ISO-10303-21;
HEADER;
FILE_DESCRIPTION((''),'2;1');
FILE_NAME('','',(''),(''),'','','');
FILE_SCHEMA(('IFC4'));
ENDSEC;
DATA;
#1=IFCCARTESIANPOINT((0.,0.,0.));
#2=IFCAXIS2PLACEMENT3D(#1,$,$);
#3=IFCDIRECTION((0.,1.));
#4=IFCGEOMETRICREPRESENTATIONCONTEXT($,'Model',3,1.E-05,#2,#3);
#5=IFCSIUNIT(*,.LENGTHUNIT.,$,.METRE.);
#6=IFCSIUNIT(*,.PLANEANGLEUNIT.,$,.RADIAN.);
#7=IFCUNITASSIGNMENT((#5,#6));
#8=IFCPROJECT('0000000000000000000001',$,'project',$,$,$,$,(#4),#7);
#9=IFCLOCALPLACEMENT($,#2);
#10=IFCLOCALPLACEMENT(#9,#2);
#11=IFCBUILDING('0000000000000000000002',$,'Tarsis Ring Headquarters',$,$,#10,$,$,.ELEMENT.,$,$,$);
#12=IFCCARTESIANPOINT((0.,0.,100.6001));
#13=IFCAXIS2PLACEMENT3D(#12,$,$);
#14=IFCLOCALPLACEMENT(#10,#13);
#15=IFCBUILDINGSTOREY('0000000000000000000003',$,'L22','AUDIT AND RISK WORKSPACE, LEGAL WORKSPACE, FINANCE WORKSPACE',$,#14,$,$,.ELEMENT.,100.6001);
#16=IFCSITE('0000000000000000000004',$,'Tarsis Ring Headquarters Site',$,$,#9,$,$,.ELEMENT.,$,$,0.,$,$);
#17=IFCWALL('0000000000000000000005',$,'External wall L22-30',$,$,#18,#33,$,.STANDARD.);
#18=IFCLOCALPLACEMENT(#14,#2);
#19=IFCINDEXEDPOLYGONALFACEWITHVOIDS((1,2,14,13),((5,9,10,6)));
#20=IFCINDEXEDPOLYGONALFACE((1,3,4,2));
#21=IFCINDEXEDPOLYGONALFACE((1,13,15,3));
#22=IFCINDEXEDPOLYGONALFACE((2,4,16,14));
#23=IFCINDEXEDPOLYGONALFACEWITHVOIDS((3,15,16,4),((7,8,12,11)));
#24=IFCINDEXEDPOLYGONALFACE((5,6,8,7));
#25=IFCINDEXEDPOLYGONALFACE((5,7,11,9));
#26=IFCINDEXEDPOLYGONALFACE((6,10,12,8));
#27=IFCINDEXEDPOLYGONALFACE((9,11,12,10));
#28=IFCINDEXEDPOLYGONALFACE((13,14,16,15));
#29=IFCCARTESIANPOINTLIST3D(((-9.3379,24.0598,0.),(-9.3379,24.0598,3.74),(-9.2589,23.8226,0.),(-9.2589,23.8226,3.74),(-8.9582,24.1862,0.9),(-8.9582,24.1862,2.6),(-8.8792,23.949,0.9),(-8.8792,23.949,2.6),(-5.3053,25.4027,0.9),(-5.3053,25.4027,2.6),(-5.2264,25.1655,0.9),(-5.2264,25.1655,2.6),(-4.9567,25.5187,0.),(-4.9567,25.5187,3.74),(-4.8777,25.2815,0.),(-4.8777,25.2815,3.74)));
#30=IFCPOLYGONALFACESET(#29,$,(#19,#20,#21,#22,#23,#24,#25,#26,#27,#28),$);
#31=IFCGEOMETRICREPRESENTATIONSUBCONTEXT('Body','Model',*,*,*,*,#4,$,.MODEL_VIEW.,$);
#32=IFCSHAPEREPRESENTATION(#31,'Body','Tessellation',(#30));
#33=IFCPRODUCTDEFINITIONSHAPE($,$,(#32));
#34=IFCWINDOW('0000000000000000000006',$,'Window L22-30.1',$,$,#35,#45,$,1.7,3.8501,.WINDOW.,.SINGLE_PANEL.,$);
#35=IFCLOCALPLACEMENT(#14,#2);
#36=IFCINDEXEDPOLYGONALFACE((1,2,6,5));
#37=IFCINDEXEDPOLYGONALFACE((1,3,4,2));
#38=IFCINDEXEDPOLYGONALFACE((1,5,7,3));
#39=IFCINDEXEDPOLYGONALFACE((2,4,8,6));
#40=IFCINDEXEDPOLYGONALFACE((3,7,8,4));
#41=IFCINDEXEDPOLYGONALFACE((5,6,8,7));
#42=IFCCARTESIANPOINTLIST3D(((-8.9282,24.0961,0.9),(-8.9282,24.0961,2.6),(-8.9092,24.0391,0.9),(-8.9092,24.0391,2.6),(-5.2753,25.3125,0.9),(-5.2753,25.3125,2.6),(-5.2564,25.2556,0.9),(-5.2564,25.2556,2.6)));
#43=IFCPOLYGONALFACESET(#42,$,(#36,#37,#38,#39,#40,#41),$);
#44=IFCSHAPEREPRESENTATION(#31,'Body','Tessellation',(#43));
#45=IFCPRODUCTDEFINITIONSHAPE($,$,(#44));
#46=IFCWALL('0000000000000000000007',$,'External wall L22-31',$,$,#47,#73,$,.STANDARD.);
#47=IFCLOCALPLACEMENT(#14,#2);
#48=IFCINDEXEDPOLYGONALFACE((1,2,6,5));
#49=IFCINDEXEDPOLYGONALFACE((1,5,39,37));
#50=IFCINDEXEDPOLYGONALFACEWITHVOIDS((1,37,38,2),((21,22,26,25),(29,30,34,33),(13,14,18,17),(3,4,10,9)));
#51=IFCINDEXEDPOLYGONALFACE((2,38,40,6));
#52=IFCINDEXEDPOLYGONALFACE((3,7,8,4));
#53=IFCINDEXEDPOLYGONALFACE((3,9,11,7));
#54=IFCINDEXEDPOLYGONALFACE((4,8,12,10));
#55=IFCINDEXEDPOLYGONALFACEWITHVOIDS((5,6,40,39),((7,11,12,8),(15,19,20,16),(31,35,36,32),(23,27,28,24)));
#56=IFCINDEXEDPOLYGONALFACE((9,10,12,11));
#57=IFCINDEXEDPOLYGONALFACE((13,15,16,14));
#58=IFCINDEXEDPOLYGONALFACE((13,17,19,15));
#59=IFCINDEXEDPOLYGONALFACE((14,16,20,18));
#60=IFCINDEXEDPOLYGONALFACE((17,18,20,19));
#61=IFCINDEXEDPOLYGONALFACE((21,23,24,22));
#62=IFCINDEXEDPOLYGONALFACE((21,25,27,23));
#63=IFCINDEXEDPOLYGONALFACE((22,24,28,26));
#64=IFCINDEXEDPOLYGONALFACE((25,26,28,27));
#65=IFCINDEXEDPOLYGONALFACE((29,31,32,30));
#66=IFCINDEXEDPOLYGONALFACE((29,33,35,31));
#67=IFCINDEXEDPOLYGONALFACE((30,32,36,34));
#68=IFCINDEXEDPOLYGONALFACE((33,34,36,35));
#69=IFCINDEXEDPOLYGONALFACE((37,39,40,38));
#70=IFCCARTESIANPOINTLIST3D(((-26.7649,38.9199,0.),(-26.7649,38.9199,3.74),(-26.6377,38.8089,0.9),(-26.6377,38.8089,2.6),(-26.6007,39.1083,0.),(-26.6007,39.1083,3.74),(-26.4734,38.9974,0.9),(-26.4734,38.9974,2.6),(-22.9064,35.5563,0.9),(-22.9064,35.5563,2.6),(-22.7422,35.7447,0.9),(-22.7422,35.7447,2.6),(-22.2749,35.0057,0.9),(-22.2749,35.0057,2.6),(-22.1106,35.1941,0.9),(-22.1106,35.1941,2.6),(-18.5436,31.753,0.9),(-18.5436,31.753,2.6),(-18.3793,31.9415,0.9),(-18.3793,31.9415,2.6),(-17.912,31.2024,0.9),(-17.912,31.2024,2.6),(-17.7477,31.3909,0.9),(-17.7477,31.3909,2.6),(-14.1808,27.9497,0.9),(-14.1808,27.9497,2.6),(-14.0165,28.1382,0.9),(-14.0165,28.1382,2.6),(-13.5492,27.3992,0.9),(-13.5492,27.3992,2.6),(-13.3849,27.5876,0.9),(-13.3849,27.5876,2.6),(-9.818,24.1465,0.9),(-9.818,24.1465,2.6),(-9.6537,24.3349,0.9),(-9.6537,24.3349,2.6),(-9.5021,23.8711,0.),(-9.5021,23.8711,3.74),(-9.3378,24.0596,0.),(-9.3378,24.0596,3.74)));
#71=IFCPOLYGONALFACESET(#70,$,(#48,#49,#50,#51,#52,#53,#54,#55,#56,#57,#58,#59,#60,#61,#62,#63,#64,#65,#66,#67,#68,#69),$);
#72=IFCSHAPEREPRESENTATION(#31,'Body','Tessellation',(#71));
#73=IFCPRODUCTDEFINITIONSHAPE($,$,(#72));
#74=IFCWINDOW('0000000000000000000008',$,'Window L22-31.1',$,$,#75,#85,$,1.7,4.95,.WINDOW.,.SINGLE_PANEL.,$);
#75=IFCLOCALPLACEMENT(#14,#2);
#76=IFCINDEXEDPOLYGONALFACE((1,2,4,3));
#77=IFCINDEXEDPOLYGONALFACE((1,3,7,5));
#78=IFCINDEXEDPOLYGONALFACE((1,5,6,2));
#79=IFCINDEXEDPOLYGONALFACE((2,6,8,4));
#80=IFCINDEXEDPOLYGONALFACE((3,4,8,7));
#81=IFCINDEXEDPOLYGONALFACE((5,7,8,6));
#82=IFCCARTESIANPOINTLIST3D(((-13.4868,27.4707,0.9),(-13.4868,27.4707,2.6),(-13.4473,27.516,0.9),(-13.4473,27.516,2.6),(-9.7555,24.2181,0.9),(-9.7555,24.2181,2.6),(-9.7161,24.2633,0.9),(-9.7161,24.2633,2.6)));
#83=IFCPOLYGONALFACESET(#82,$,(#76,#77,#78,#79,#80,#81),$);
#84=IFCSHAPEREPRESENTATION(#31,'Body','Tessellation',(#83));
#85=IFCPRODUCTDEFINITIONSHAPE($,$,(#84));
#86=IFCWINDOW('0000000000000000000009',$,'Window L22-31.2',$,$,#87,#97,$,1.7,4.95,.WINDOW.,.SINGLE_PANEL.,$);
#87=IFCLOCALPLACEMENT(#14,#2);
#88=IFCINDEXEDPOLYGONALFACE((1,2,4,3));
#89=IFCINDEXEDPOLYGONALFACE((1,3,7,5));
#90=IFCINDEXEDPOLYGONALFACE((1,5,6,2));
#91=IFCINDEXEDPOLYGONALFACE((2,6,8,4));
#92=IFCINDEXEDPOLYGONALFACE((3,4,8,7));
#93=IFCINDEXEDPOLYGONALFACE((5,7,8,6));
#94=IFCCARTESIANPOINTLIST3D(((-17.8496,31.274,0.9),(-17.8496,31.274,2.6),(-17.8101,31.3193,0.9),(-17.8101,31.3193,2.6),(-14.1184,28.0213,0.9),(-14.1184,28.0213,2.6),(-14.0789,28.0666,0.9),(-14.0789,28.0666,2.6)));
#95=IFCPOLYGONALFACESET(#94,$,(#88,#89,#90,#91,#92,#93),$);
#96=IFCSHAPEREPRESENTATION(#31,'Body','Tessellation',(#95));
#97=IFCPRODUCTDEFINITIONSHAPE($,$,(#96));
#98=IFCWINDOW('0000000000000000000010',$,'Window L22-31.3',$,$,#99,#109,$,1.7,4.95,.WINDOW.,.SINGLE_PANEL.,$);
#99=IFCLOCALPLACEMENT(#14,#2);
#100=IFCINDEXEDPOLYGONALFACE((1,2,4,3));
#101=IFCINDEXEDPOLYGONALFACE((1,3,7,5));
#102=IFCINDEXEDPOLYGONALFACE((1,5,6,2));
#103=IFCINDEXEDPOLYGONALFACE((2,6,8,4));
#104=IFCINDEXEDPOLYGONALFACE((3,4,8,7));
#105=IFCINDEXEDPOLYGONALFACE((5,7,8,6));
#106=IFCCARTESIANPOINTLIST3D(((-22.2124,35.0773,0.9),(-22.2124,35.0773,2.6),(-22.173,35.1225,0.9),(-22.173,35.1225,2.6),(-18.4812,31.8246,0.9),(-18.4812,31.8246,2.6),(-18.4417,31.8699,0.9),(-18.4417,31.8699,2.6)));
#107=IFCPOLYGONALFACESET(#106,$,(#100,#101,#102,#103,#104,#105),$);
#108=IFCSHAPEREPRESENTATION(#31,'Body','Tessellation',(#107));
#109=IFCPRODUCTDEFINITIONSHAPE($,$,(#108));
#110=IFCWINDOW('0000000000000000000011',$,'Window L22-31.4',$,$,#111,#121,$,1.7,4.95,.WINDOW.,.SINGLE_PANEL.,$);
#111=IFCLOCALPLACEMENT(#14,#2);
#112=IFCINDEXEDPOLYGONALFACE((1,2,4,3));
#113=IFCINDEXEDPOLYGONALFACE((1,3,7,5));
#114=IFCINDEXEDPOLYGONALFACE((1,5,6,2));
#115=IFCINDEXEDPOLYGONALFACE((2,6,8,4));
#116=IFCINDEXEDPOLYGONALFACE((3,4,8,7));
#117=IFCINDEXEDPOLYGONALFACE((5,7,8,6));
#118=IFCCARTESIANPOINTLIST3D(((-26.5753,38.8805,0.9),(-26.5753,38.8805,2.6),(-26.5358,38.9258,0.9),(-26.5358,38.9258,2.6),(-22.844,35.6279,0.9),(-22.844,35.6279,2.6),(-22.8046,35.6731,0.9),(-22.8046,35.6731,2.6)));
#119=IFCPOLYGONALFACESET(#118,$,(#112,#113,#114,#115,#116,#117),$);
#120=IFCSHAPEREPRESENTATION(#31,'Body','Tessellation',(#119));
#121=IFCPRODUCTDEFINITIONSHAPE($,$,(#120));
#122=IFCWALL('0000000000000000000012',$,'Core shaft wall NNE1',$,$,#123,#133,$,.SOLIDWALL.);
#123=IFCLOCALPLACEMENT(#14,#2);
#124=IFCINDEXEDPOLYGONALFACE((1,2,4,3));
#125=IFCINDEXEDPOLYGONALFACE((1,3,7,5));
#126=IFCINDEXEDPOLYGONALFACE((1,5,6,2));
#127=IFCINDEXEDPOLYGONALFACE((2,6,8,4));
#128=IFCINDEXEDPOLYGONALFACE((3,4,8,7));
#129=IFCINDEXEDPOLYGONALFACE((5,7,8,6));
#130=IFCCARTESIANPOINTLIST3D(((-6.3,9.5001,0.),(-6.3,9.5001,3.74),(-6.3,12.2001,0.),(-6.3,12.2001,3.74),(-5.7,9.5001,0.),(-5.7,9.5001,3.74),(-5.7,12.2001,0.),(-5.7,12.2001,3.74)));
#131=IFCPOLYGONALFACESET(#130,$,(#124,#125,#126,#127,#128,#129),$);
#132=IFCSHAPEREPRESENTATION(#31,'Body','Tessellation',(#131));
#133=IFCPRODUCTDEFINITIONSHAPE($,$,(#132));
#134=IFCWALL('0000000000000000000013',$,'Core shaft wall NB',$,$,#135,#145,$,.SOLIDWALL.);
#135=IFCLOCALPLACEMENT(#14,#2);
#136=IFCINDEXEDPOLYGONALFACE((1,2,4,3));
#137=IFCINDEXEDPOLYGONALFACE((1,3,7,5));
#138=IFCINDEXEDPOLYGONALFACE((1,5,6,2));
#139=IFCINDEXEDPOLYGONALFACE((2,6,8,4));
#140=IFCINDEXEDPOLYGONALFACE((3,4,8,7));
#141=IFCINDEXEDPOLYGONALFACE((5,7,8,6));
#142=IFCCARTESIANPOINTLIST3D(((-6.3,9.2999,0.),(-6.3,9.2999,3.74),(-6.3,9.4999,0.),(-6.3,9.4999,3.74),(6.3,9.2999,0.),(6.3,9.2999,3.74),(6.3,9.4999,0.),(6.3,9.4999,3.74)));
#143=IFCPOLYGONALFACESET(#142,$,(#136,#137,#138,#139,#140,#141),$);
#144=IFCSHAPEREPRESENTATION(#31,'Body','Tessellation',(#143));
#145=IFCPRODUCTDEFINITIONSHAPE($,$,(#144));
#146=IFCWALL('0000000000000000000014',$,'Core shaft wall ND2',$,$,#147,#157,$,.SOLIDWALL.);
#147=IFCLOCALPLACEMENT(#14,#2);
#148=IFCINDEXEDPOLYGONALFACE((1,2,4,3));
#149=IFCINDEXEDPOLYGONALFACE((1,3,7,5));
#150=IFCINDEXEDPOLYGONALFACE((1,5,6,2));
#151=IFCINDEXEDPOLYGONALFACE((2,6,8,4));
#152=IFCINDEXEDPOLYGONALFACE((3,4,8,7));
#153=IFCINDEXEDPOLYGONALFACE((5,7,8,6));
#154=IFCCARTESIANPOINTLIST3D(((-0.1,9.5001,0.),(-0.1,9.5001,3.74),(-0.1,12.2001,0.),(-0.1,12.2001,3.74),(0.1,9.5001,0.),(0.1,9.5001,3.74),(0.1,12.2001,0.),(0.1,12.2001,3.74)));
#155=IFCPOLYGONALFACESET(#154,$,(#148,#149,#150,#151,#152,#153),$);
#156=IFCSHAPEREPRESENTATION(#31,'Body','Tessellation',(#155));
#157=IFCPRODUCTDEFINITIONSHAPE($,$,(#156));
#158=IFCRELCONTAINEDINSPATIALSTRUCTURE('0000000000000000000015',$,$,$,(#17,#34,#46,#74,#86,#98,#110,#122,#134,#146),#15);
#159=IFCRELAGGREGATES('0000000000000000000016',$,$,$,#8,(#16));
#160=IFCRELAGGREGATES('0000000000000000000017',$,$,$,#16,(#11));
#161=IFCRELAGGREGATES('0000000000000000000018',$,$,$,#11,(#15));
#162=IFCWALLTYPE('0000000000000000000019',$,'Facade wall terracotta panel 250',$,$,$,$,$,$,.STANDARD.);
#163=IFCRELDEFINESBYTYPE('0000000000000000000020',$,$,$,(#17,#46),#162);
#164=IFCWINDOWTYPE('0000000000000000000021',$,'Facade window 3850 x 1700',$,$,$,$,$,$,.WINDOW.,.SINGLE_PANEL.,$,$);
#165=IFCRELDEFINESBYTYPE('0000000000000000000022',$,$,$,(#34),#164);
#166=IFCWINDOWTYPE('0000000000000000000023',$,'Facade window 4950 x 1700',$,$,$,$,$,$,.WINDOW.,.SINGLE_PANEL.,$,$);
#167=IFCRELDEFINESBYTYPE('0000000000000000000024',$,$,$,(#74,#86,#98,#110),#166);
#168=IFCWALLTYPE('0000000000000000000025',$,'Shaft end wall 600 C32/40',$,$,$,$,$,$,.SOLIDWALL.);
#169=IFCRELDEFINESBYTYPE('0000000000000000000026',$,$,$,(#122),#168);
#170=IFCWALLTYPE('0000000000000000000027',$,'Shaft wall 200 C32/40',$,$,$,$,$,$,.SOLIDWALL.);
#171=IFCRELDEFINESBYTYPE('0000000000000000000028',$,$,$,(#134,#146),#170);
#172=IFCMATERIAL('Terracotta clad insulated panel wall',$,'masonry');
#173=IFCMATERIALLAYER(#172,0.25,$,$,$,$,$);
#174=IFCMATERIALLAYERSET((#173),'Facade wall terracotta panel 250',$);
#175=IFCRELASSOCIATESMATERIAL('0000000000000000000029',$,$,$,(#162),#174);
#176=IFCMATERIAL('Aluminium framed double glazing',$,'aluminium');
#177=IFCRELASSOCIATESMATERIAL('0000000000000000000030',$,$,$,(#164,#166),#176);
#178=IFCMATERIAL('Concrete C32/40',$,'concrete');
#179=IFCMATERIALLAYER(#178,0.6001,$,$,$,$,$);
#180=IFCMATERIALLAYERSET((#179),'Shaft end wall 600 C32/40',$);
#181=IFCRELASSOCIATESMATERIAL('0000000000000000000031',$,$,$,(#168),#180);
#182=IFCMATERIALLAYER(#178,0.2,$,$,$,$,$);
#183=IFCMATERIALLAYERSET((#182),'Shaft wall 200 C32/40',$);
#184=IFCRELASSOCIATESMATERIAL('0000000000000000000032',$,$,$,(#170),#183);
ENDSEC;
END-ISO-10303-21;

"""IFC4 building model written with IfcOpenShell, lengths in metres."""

from ifc_helpers import new_model, si_unit, direction, frame, frame_2d, origin, place, context, subcontext, project, spatial, rectangle, extrude, material, layer, layer_set, type_object, element, fill, save


model = new_model("IFC4")

# Units and contexts
model_context = context("Model", 3, precision=1e-05, world=origin(), true_north=direction((0.0, 1.0)))
body_context = subcontext(model_context, "Body", "Model", "MODEL_VIEW")
ifc_project = project(units=[si_unit("LENGTHUNIT", "METRE"), si_unit("PLANEANGLEUNIT", "RADIAN")], contexts=[model_context])

# Site, building, storey
site_placement = place(None, origin())
site = spatial("IfcSite", under=ifc_project, at=site_placement, Name="Tarsis Ring Headquarters Site", CompositionType="ELEMENT", RefElevation=0.0)
building_placement = place(site_placement, origin())
building = spatial("IfcBuilding", under=site, at=building_placement, Name="Tarsis Ring Headquarters", CompositionType="ELEMENT")
storey_placement = place(building_placement, frame((0.0, 0.0, 100.6001)))
storey = spatial("IfcBuildingStorey", under=building, at=storey_placement, Name="L22", Description="AUDIT AND RISK WORKSPACE, LEGAL WORKSPACE, FINANCE WORKSPACE", CompositionType="ELEMENT", Elevation=100.6001)

# Wall, opening, window
ifc_material_1 = material(Name="Terracotta clad insulated panel wall", Category="masonry")
ifc_layer_1 = layer(ifc_material_1, 0.25)
ifc_layer_set_1 = layer_set([ifc_layer_1], Name="Facade wall terracotta panel 250")
wall_type_1 = type_object("IfcWallType", Name="Facade wall terracotta panel 250", PredefinedType="STANDARD", material=ifc_layer_set_1)
ifc_material_2 = material(Name="Aluminium framed double glazing", Category="aluminium")
wall_1_placement = place(storey_placement, frame((-4.9172, 25.4001, 0.0), z_axis=(0.0, 0.0, 1.0), x_axis=(-0.948773, -0.315958, 0.0)))
wall_1 = element("IfcWall", 1, at=wall_1_placement, inside=storey, type_object=wall_type_1, Name="External wall L22-30", PredefinedType="STANDARD", context=body_context, shape_type="SweptSolid", body=[
    extrude(rectangle(XDim=4.6177, YDim=0.25, at=frame_2d((2.3088, 0.0))), origin(), (0.0, 0.0, 1.0), 3.74),
])
opening_1_placement = place(wall_1_placement, frame((0.3674, 0.0, 0.8999)))
opening_1 = element("IfcOpeningElement", 2, at=opening_1_placement, cuts=wall_1, PredefinedType="OPENING", context=body_context, shape_type="SweptSolid", body=[
    extrude(rectangle(XDim=3.8501, YDim=1.7, at=frame_2d((1.925, 0.8501))), frame((0.0, 0.135, 0.0), z_axis=(0.0, -1.0, 0.0), x_axis=(1.0, 0.0, 0.0)), (0.0, 0.0, 1.0), 0.27),
])
window_type_1 = type_object("IfcWindowType", Name="Facade window 3850 x 1700", PartitioningType="SINGLE_PANEL", PredefinedType="WINDOW", material=ifc_material_2)
window_1_placement = place(opening_1_placement, origin())
window_1 = element("IfcWindow", 3, at=window_1_placement, inside=storey, type_object=window_type_1, Name="Window L22-30.1", OverallHeight=1.7, OverallWidth=3.8501, PartitioningType="SINGLE_PANEL", PredefinedType="WINDOW", context=body_context, shape_type="SweptSolid", body=[
    extrude(rectangle(XDim=3.8501, YDim=1.7, at=frame_2d((1.925, 0.8501))), frame((0.0, 0.03, 0.0), z_axis=(0.0, -1.0, 0.0), x_axis=(1.0, 0.0, 0.0)), (0.0, 0.0, 1.0), 0.0601),
])
fill(opening_1, window_1)

# Wall, openings, windows
wall_2_placement = place(storey_placement, frame((-9.4199, 23.9653, 0.0), z_axis=(0.0, 0.0, 1.0), x_axis=(-0.753792, 0.657113, 0.0)))
wall_2 = element("IfcWall", 4, at=wall_2_placement, inside=storey, type_object=wall_type_1, Name="External wall L22-31", PredefinedType="STANDARD", context=body_context, shape_type="SweptSolid", body=[
    extrude(rectangle(XDim=22.9014, YDim=0.25, at=frame_2d((11.4507, 0.0))), origin(), (0.0, 0.0, 1.0), 3.74),
])
opening_2_placement = place(wall_2_placement, frame((0.4189, 0.0, 0.8999)))
opening_2 = element("IfcOpeningElement", 5, at=opening_2_placement, cuts=wall_2, PredefinedType="OPENING", context=body_context, shape_type="SweptSolid", body=[
    extrude(rectangle(XDim=4.95, YDim=1.7, at=frame_2d((2.4751, 0.8501))), frame((0.0, 0.135, 0.0), z_axis=(0.0, -1.0, 0.0), x_axis=(1.0, 0.0, 0.0)), (0.0, 0.0, 1.0), 0.27),
])
opening_3_placement = place(wall_2_placement, frame((6.2068, 0.0, 0.8999)))
opening_3 = element("IfcOpeningElement", 6, at=opening_3_placement, cuts=wall_2, PredefinedType="OPENING", context=body_context, shape_type="SweptSolid", body=[
    extrude(rectangle(XDim=4.95, YDim=1.7, at=frame_2d((2.4751, 0.8501))), frame((0.0, 0.135, 0.0), z_axis=(0.0, -1.0, 0.0), x_axis=(1.0, 0.0, 0.0)), (0.0, 0.0, 1.0), 0.27),
])
opening_4_placement = place(wall_2_placement, frame((11.9946, 0.0, 0.8999)))
opening_4 = element("IfcOpeningElement", 7, at=opening_4_placement, cuts=wall_2, PredefinedType="OPENING", context=body_context, shape_type="SweptSolid", body=[
    extrude(rectangle(XDim=4.95, YDim=1.7, at=frame_2d((2.4751, 0.8501))), frame((0.0, 0.135, 0.0), z_axis=(0.0, -1.0, 0.0), x_axis=(1.0, 0.0, 0.0)), (0.0, 0.0, 1.0), 0.27),
])
opening_5_placement = place(wall_2_placement, frame((17.7825, 0.0, 0.8999)))
opening_5 = element("IfcOpeningElement", 8, at=opening_5_placement, cuts=wall_2, PredefinedType="OPENING", context=body_context, shape_type="SweptSolid", body=[
    extrude(rectangle(XDim=4.95, YDim=1.7, at=frame_2d((2.4751, 0.8501))), frame((0.0, 0.135, 0.0), z_axis=(0.0, -1.0, 0.0), x_axis=(1.0, 0.0, 0.0)), (0.0, 0.0, 1.0), 0.27),
])
window_type_2 = type_object("IfcWindowType", Name="Facade window 4950 x 1700", PartitioningType="SINGLE_PANEL", PredefinedType="WINDOW", material=ifc_material_2)
window_2_placement = place(opening_2_placement, origin())
window_2 = element("IfcWindow", 9, at=window_2_placement, inside=storey, type_object=window_type_2, Name="Window L22-31.1", OverallHeight=1.7, OverallWidth=4.95, PartitioningType="SINGLE_PANEL", PredefinedType="WINDOW", context=body_context, shape_type="SweptSolid", body=[
    extrude(rectangle(XDim=4.95, YDim=1.7, at=frame_2d((2.4751, 0.8501))), frame((0.0, 0.03, 0.0), z_axis=(0.0, -1.0, 0.0), x_axis=(1.0, 0.0, 0.0)), (0.0, 0.0, 1.0), 0.0601),
])
fill(opening_2, window_2)
window_3_placement = place(opening_3_placement, origin())
window_3 = element("IfcWindow", 10, at=window_3_placement, inside=storey, type_object=window_type_2, Name="Window L22-31.2", OverallHeight=1.7, OverallWidth=4.95, PartitioningType="SINGLE_PANEL", PredefinedType="WINDOW", context=body_context, shape_type="SweptSolid", body=[
    extrude(rectangle(XDim=4.95, YDim=1.7, at=frame_2d((2.4751, 0.8501))), frame((0.0, 0.03, 0.0), z_axis=(0.0, -1.0, 0.0), x_axis=(1.0, 0.0, 0.0)), (0.0, 0.0, 1.0), 0.0601),
])
fill(opening_3, window_3)
window_4_placement = place(opening_4_placement, origin())
window_4 = element("IfcWindow", 11, at=window_4_placement, inside=storey, type_object=window_type_2, Name="Window L22-31.3", OverallHeight=1.7, OverallWidth=4.95, PartitioningType="SINGLE_PANEL", PredefinedType="WINDOW", context=body_context, shape_type="SweptSolid", body=[
    extrude(rectangle(XDim=4.95, YDim=1.7, at=frame_2d((2.4751, 0.8501))), frame((0.0, 0.03, 0.0), z_axis=(0.0, -1.0, 0.0), x_axis=(1.0, 0.0, 0.0)), (0.0, 0.0, 1.0), 0.0601),
])
fill(opening_4, window_4)
window_5_placement = place(opening_5_placement, origin())
window_5 = element("IfcWindow", 12, at=window_5_placement, inside=storey, type_object=window_type_2, Name="Window L22-31.4", OverallHeight=1.7, OverallWidth=4.95, PartitioningType="SINGLE_PANEL", PredefinedType="WINDOW", context=body_context, shape_type="SweptSolid", body=[
    extrude(rectangle(XDim=4.95, YDim=1.7, at=frame_2d((2.4751, 0.8501))), frame((0.0, 0.03, 0.0), z_axis=(0.0, -1.0, 0.0), x_axis=(1.0, 0.0, 0.0)), (0.0, 0.0, 1.0), 0.0601),
])
fill(opening_5, window_5)

# Walls
ifc_material_3 = material(Name="Concrete C32/40", Category="concrete")
ifc_layer_2 = layer(ifc_material_3, 0.6001)
ifc_layer_set_2 = layer_set([ifc_layer_2], Name="Shaft end wall 600 C32/40")
wall_type_2 = type_object("IfcWallType", Name="Shaft end wall 600 C32/40", PredefinedType="SOLIDWALL", material=ifc_layer_set_2)
wall_3_placement = place(storey_placement, frame((-6.0, 9.5, 0.0), z_axis=(0.0, 0.0, 1.0), x_axis=(0.0, 1.0, 0.0)))
element("IfcWall", 13, at=wall_3_placement, inside=storey, type_object=wall_type_2, Name="Core shaft wall NNE1", PredefinedType="SOLIDWALL", context=body_context, shape_type="SweptSolid", body=[
    extrude(rectangle(XDim=2.7, YDim=0.6001, at=frame_2d((1.3501, 0.0))), origin(), (0.0, 0.0, 1.0), 3.74),
])
ifc_layer_3 = layer(ifc_material_3, 0.2)
ifc_layer_set_3 = layer_set([ifc_layer_3], Name="Shaft wall 200 C32/40")
wall_type_3 = type_object("IfcWallType", Name="Shaft wall 200 C32/40", PredefinedType="SOLIDWALL", material=ifc_layer_set_3)
wall_4_placement = place(storey_placement, frame((-6.3, 9.3999, 0.0), z_axis=(0.0, 0.0, 1.0), x_axis=(1.0, 0.0, 0.0)))
element("IfcWall", 14, at=wall_4_placement, inside=storey, type_object=wall_type_3, Name="Core shaft wall NB", PredefinedType="SOLIDWALL", context=body_context, shape_type="SweptSolid", body=[
    extrude(rectangle(XDim=12.6001, YDim=0.2, at=frame_2d((6.3, 0.0))), origin(), (0.0, 0.0, 1.0), 3.74),
])
wall_5_placement = place(storey_placement, frame((0.0, 9.5, 0.0), z_axis=(0.0, 0.0, 1.0), x_axis=(0.0, 1.0, 0.0)))
element("IfcWall", 15, at=wall_5_placement, inside=storey, type_object=wall_type_3, Name="Core shaft wall ND2", PredefinedType="SOLIDWALL", context=body_context, shape_type="SweptSolid", body=[
    extrude(rectangle(XDim=2.7, YDim=0.2, at=frame_2d((1.3501, 0.0))), origin(), (0.0, 0.0, 1.0), 3.74),
])

save(model, "model.ifc")
